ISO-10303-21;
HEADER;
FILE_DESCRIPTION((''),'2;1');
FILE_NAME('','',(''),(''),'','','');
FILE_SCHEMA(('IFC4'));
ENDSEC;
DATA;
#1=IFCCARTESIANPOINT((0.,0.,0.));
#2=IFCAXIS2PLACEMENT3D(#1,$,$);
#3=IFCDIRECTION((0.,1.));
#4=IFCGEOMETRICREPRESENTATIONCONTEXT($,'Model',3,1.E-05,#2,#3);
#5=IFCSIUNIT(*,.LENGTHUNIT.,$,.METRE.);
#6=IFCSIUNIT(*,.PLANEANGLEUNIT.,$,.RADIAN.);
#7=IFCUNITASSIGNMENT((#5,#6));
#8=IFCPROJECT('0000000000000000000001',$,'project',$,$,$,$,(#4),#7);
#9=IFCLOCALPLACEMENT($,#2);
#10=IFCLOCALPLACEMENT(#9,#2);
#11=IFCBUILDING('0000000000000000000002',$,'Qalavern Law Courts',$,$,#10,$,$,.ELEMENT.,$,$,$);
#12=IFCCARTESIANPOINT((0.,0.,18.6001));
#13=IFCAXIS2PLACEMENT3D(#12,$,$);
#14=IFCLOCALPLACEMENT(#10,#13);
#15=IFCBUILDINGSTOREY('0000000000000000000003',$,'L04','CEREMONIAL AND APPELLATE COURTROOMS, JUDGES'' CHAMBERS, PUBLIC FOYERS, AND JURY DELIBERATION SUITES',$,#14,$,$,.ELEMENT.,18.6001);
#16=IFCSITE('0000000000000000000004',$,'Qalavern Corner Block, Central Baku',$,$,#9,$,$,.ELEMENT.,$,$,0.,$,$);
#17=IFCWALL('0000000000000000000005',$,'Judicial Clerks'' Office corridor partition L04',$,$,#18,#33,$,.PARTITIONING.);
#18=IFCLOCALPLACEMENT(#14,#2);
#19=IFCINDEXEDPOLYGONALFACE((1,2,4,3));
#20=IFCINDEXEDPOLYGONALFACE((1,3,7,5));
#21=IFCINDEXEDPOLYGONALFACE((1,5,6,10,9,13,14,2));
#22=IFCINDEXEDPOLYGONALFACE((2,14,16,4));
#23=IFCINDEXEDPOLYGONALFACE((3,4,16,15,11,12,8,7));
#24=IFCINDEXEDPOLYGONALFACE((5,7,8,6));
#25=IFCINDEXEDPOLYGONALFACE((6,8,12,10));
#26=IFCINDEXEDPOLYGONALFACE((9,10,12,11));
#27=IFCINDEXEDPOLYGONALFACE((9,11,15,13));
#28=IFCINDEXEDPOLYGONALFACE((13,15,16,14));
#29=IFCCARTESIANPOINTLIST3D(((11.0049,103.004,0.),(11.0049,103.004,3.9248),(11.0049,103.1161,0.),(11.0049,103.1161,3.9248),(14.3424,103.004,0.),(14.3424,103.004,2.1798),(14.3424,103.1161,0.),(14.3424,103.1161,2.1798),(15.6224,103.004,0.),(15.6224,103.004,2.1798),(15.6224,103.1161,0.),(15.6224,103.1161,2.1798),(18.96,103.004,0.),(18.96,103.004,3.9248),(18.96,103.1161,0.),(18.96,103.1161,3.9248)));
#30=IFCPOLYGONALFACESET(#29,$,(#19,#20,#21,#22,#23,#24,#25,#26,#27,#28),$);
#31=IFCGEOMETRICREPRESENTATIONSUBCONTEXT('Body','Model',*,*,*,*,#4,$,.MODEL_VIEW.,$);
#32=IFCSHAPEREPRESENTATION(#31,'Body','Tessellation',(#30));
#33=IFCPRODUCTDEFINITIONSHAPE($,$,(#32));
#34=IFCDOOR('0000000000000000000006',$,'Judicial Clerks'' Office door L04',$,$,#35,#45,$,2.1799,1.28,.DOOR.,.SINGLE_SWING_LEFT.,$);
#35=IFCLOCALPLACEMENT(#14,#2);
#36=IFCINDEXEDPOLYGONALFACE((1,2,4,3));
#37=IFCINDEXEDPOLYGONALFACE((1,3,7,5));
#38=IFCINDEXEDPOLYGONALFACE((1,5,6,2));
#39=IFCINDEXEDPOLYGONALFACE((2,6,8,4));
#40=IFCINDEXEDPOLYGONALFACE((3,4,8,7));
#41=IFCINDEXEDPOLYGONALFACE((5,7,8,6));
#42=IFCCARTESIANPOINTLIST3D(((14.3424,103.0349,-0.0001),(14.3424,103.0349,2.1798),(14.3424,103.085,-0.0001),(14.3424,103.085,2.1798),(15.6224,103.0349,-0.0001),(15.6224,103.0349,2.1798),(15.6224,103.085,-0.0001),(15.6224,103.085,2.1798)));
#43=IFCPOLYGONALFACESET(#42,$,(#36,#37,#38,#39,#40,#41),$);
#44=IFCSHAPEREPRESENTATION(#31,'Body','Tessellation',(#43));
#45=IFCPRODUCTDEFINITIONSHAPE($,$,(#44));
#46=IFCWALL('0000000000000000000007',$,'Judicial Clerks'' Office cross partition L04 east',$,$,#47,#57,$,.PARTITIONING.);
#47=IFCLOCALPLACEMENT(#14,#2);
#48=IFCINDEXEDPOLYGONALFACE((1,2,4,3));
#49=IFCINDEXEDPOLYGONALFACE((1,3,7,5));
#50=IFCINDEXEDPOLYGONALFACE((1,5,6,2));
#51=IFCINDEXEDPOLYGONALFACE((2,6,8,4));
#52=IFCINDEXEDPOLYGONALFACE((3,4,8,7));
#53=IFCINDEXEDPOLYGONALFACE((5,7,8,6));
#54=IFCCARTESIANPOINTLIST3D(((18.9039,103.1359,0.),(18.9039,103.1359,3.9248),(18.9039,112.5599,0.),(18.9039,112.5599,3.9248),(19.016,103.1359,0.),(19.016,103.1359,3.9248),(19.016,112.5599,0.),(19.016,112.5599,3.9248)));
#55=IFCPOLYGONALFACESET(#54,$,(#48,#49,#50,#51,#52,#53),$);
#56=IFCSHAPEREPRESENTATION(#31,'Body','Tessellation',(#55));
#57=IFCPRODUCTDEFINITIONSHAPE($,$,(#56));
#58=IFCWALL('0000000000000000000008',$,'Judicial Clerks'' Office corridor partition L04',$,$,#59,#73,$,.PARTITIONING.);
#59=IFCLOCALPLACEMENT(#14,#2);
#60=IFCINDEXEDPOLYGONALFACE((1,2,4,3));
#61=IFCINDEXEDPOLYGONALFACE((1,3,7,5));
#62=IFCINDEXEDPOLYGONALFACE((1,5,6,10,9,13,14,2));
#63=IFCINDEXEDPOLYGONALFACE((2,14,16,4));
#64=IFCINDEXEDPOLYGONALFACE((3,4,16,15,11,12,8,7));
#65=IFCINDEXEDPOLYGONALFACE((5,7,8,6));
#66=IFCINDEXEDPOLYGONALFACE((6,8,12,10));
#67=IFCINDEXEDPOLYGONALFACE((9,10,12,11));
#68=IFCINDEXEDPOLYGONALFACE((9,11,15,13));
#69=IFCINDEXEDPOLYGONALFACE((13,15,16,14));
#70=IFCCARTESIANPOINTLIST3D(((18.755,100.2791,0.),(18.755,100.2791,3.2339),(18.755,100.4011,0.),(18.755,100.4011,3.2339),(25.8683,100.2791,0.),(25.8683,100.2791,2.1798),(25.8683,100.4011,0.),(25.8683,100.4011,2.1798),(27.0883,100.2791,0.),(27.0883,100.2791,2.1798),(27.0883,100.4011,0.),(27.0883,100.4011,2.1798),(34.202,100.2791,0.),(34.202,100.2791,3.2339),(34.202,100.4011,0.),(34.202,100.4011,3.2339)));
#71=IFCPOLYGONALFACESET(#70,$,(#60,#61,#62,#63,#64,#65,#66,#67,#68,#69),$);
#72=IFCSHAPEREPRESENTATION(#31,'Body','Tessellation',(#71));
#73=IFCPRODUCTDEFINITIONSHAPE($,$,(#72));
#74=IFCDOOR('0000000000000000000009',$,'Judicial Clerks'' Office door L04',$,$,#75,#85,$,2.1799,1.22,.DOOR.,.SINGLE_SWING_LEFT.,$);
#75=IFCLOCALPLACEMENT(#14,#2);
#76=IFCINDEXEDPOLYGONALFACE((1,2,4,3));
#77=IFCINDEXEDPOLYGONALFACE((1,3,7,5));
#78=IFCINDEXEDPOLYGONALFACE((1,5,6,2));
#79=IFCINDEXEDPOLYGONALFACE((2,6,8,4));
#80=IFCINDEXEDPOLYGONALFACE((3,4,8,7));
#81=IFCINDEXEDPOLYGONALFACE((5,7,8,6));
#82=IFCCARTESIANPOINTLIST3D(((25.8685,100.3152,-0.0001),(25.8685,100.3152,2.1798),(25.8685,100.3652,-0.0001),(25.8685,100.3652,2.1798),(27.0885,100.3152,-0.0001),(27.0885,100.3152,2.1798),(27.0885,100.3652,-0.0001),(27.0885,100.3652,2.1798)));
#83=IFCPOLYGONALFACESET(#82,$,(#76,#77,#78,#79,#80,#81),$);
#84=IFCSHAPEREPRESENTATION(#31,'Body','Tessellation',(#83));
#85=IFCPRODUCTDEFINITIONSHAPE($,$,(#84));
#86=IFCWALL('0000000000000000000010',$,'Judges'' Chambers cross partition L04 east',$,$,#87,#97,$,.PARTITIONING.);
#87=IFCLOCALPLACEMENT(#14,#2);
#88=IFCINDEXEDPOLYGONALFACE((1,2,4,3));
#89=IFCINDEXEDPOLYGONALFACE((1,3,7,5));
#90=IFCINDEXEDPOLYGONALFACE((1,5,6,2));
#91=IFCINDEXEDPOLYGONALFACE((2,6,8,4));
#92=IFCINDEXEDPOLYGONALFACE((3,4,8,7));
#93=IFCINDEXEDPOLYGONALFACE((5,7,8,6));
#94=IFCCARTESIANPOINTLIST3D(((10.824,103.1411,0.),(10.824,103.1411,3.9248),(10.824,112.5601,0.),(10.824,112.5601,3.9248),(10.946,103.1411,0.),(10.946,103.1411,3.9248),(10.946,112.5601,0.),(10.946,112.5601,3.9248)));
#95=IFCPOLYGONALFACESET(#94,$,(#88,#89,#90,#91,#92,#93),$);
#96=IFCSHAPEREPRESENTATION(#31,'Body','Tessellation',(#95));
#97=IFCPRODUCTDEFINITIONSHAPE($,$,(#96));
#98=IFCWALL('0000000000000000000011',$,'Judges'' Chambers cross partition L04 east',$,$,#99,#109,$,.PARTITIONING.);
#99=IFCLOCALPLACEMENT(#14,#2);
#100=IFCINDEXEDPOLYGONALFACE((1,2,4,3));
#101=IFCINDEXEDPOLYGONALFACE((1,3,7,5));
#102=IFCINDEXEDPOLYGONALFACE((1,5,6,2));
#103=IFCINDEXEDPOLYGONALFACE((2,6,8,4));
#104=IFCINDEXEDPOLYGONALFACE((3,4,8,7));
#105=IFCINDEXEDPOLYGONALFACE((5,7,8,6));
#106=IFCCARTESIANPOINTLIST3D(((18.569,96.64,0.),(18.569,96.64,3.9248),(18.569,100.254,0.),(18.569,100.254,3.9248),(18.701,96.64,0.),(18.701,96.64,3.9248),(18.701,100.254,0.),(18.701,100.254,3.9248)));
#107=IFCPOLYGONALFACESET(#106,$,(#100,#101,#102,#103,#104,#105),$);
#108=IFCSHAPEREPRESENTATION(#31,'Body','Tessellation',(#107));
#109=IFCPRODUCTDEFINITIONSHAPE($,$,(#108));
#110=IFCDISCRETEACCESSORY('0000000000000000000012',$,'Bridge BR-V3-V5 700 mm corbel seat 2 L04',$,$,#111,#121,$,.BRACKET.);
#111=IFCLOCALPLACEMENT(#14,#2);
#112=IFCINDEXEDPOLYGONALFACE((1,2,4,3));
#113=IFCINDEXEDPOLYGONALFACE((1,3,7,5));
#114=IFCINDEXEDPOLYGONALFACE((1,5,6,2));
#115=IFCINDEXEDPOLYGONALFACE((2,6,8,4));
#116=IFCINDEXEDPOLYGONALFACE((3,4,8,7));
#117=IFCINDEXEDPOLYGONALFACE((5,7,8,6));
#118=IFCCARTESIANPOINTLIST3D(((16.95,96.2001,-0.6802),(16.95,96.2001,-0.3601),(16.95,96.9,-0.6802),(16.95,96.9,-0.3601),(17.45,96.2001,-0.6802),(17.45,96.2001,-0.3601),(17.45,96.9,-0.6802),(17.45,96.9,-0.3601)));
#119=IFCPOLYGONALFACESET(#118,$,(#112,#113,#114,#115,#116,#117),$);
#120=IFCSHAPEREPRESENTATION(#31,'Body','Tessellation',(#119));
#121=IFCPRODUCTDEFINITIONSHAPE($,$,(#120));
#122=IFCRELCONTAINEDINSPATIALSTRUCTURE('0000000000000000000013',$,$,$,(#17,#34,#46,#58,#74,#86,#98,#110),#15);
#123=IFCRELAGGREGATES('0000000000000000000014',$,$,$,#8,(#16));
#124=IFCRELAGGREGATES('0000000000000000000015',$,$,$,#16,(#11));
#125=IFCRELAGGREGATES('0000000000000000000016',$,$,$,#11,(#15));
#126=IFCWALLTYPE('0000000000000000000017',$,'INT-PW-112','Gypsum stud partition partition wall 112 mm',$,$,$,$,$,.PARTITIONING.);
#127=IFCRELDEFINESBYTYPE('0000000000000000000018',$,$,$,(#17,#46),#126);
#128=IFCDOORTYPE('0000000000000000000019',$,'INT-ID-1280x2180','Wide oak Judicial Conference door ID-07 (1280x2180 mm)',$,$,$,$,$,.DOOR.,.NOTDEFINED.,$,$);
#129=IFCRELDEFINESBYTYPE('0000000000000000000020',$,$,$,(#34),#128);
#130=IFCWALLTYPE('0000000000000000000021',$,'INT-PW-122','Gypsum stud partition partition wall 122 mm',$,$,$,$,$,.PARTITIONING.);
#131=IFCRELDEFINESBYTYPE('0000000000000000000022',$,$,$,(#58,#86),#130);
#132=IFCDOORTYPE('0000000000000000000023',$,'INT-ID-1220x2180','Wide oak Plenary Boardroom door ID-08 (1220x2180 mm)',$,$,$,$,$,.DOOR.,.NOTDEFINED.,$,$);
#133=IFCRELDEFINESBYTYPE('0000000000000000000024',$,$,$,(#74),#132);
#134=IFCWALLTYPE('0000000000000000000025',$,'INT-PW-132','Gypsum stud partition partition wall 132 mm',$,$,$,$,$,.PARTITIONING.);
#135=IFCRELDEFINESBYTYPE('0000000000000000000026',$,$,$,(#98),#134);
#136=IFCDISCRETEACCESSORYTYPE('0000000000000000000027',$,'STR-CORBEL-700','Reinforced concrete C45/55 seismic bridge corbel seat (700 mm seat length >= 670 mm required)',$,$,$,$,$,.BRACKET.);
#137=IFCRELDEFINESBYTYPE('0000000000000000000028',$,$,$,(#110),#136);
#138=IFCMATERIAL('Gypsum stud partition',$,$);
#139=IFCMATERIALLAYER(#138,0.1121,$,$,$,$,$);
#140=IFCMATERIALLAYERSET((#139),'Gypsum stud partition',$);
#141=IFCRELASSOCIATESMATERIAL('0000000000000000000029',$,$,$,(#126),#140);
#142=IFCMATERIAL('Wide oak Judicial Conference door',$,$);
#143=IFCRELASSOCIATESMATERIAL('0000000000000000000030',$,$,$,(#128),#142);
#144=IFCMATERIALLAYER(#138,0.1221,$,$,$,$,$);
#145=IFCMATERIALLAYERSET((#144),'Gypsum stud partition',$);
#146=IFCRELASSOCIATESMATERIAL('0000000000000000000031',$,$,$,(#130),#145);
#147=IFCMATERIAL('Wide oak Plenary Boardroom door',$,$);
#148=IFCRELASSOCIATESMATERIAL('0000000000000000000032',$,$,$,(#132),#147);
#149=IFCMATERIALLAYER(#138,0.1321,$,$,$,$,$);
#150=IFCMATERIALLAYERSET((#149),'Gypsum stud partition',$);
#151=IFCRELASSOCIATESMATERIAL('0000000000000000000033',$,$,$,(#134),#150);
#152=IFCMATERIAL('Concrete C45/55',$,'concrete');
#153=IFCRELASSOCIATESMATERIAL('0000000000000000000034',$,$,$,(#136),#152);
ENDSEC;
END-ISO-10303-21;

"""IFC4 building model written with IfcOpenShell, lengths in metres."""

from ifc_helpers import new_model, si_unit, direction, frame, frame_2d, origin, origin_2d, place, context, subcontext, project, spatial, rectangle, extrude, material, layer, layer_set, type_object, element, fill, save


model = new_model("IFC4")

# Units and contexts
model_context = context("Model", 3, precision=1e-05, world=origin(), true_north=direction((0.0, 1.0)))
body_context = subcontext(model_context, "Body", "Model", "MODEL_VIEW")
ifc_project = project(units=[si_unit("LENGTHUNIT", "METRE"), si_unit("PLANEANGLEUNIT", "RADIAN")], contexts=[model_context])

# Site, building, storey
site_placement = place(None, origin())
site = spatial("IfcSite", under=ifc_project, at=site_placement, Name="Qalavern Corner Block, Central Baku", CompositionType="ELEMENT", RefElevation=0.0)
building_placement = place(site_placement, origin())
building = spatial("IfcBuilding", under=site, at=building_placement, Name="Qalavern Law Courts", CompositionType="ELEMENT")
storey_placement = place(building_placement, frame((0.0, 0.0, 18.6001)))
storey = spatial("IfcBuildingStorey", under=building, at=storey_placement, Name="L04", Description="CEREMONIAL AND APPELLATE COURTROOMS, JUDGES' CHAMBERS, PUBLIC FOYERS, AND JURY DELIBERATION SUITES", CompositionType="ELEMENT", Elevation=18.6001)

# Shared definitions
ifc_material_1 = material(Name="Concrete C45/55", Category="concrete")

# Wall, opening, door
ifc_material_2 = material(Name="Gypsum stud partition")
ifc_layer_1 = layer(ifc_material_2, 0.1121)
ifc_layer_set_1 = layer_set([ifc_layer_1], Name="Gypsum stud partition")
wall_type_1 = type_object("IfcWallType", Name="INT-PW-112", Description="Gypsum stud partition partition wall 112 mm", PredefinedType="PARTITIONING", material=ifc_layer_set_1)
wall_1_placement = place(storey_placement, frame((11.0049, 103.0601, 0.0), z_axis=(0.0, 0.0, 1.0), x_axis=(1.0, 0.0, 0.0)))
wall_1 = element("IfcWall", 1, at=wall_1_placement, inside=storey, type_object=wall_type_1, Name="Judicial Clerks' Office corridor partition L04", PredefinedType="PARTITIONING", context=body_context, shape_type="SweptSolid", body=[
    extrude(rectangle(XDim=7.9551, YDim=0.1121, at=frame_2d((3.9775, 0.0))), origin(), (0.0, 0.0, 1.0), 3.9248),
])
opening_1_placement = place(wall_1_placement, frame((3.3374, 0.0, 0.0)))
opening_1 = element("IfcOpeningElement", 2, at=opening_1_placement, cuts=wall_1, PredefinedType="OPENING", context=body_context, shape_type="SweptSolid", body=[
    extrude(rectangle(XDim=1.28, YDim=2.1799, at=frame_2d((0.6401, 1.0898))), frame((0.0, 0.0708, 0.0), z_axis=(0.0, -1.0, 0.0), x_axis=(1.0, 0.0, 0.0)), (0.0, 0.0, 1.0), 0.1418),
])
ifc_material_3 = material(Name="Wide oak Judicial Conference door")
door_type_1 = type_object("IfcDoorType", Name="INT-ID-1280x2180", Description="Wide oak Judicial Conference door ID-07 (1280x2180 mm)", OperationType="NOTDEFINED", PredefinedType="DOOR", material=ifc_material_3)
door_1_placement = place(opening_1_placement, origin())
door_1 = element("IfcDoor", 3, at=door_1_placement, inside=storey, type_object=door_type_1, Name="Judicial Clerks' Office door L04", OperationType="SINGLE_SWING_LEFT", OverallHeight=2.1799, OverallWidth=1.28, PredefinedType="DOOR", context=body_context, shape_type="SweptSolid", body=[
    extrude(rectangle(XDim=1.28, YDim=2.1799, at=frame_2d((0.6401, 1.0898))), frame((0.0, 0.0249, 0.0), z_axis=(0.0, -1.0, 0.0), x_axis=(1.0, 0.0, 0.0)), (0.0, 0.0, 1.0), 0.05),
])
fill(opening_1, door_1)

# Wall
wall_2_placement = place(storey_placement, frame((18.96, 103.136, 0.0), z_axis=(0.0, 0.0, 1.0), x_axis=(0.0, 1.0, 0.0)))
element("IfcWall", 4, at=wall_2_placement, inside=storey, type_object=wall_type_1, Name="Judicial Clerks' Office cross partition L04 east", PredefinedType="PARTITIONING", context=body_context, shape_type="SweptSolid", body=[
    extrude(rectangle(XDim=9.4241, YDim=0.1121, at=frame_2d((4.7119, 0.0))), origin(), (0.0, 0.0, 1.0), 3.9248),
])

# Wall, opening, door
ifc_layer_2 = layer(ifc_material_2, 0.1221)
ifc_layer_set_2 = layer_set([ifc_layer_2], Name="Gypsum stud partition")
wall_type_2 = type_object("IfcWallType", Name="INT-PW-122", Description="Gypsum stud partition partition wall 122 mm", PredefinedType="PARTITIONING", material=ifc_layer_set_2)
wall_3_placement = place(storey_placement, frame((18.7549, 100.3401, 0.0), z_axis=(0.0, 0.0, 1.0), x_axis=(1.0, 0.0, 0.0)))
wall_3 = element("IfcWall", 5, at=wall_3_placement, inside=storey, type_object=wall_type_2, Name="Judicial Clerks' Office corridor partition L04", PredefinedType="PARTITIONING", context=body_context, shape_type="SweptSolid", body=[
    extrude(rectangle(XDim=15.447, YDim=0.1221, at=frame_2d((7.7236, 0.0))), origin(), (0.0, 0.0, 1.0), 3.2339),
])
opening_2_placement = place(wall_3_placement, frame((7.1135, 0.0, 0.0)))
opening_2 = element("IfcOpeningElement", 6, at=opening_2_placement, cuts=wall_3, PredefinedType="OPENING", context=body_context, shape_type="SweptSolid", body=[
    extrude(rectangle(XDim=1.22, YDim=2.1799, at=frame_2d((0.6099, 1.0898))), frame((0.0, 0.0759, 0.0), z_axis=(0.0, -1.0, 0.0), x_axis=(1.0, 0.0, 0.0)), (0.0, 0.0, 1.0), 0.1519),
])
ifc_material_4 = material(Name="Wide oak Plenary Boardroom door")
door_type_2 = type_object("IfcDoorType", Name="INT-ID-1220x2180", Description="Wide oak Plenary Boardroom door ID-08 (1220x2180 mm)", OperationType="NOTDEFINED", PredefinedType="DOOR", material=ifc_material_4)
door_2_placement = place(opening_2_placement, frame((1.22, 0.0, 0.0), z_axis=(0.0, 0.0, 1.0), x_axis=(-1.0, 0.0, 0.0)))
door_2 = element("IfcDoor", 7, at=door_2_placement, inside=storey, type_object=door_type_2, Name="Judicial Clerks' Office door L04", OperationType="SINGLE_SWING_LEFT", OverallHeight=2.1799, OverallWidth=1.22, PredefinedType="DOOR", context=body_context, shape_type="SweptSolid", body=[
    extrude(rectangle(XDim=1.22, YDim=2.1799, at=frame_2d((0.6099, 1.0898))), frame((0.0, 0.0249, 0.0), z_axis=(0.0, -1.0, 0.0), x_axis=(1.0, 0.0, 0.0)), (0.0, 0.0, 1.0), 0.05),
])
fill(opening_2, door_2)

# Walls
wall_4_placement = place(storey_placement, frame((10.885, 103.1411, 0.0), z_axis=(0.0, 0.0, 1.0), x_axis=(0.0, 1.0, 0.0)))
element("IfcWall", 8, at=wall_4_placement, inside=storey, type_object=wall_type_2, Name="Judges' Chambers cross partition L04 east", PredefinedType="PARTITIONING", context=body_context, shape_type="SweptSolid", body=[
    extrude(rectangle(XDim=9.4189, YDim=0.1221, at=frame_2d((4.7095, 0.0))), origin(), (0.0, 0.0, 1.0), 3.9248),
])
ifc_layer_3 = layer(ifc_material_2, 0.1321)
ifc_layer_set_3 = layer_set([ifc_layer_3], Name="Gypsum stud partition")
wall_type_3 = type_object("IfcWallType", Name="INT-PW-132", Description="Gypsum stud partition partition wall 132 mm", PredefinedType="PARTITIONING", material=ifc_layer_set_3)
wall_5_placement = place(storey_placement, frame((18.635, 96.6399, 0.0), z_axis=(0.0, 0.0, 1.0), x_axis=(0.0, 1.0, 0.0)))
element("IfcWall", 9, at=wall_5_placement, inside=storey, type_object=wall_type_3, Name="Judges' Chambers cross partition L04 east", PredefinedType="PARTITIONING", context=body_context, shape_type="SweptSolid", body=[
    extrude(rectangle(XDim=3.614, YDim=0.1321, at=frame_2d((1.8071, 0.0))), origin(), (0.0, 0.0, 1.0), 3.9248),
])

# Discrete accessory
discrete_accessory_type = type_object("IfcDiscreteAccessoryType", Name="STR-CORBEL-700", Description="Reinforced concrete C45/55 seismic bridge corbel seat (700 mm seat length >= 670 mm required)", PredefinedType="BRACKET", material=ifc_material_1)
discrete_accessory_placement = place(storey_placement, frame((17.2, 96.55, -0.6802), z_axis=(0.0, 0.0, 1.0), x_axis=(1.0, 0.0, 0.0)))
element("IfcDiscreteAccessory", 10, at=discrete_accessory_placement, inside=storey, type_object=discrete_accessory_type, Name="Bridge BR-V3-V5 700 mm corbel seat 2 L04", PredefinedType="BRACKET", context=body_context, shape_type="SweptSolid", body=[
    extrude(rectangle(XDim=0.5, YDim=0.7, at=origin_2d()), origin(), (0.0, 0.0, 1.0), 0.3201),
])

save(model, "model.ifc")
